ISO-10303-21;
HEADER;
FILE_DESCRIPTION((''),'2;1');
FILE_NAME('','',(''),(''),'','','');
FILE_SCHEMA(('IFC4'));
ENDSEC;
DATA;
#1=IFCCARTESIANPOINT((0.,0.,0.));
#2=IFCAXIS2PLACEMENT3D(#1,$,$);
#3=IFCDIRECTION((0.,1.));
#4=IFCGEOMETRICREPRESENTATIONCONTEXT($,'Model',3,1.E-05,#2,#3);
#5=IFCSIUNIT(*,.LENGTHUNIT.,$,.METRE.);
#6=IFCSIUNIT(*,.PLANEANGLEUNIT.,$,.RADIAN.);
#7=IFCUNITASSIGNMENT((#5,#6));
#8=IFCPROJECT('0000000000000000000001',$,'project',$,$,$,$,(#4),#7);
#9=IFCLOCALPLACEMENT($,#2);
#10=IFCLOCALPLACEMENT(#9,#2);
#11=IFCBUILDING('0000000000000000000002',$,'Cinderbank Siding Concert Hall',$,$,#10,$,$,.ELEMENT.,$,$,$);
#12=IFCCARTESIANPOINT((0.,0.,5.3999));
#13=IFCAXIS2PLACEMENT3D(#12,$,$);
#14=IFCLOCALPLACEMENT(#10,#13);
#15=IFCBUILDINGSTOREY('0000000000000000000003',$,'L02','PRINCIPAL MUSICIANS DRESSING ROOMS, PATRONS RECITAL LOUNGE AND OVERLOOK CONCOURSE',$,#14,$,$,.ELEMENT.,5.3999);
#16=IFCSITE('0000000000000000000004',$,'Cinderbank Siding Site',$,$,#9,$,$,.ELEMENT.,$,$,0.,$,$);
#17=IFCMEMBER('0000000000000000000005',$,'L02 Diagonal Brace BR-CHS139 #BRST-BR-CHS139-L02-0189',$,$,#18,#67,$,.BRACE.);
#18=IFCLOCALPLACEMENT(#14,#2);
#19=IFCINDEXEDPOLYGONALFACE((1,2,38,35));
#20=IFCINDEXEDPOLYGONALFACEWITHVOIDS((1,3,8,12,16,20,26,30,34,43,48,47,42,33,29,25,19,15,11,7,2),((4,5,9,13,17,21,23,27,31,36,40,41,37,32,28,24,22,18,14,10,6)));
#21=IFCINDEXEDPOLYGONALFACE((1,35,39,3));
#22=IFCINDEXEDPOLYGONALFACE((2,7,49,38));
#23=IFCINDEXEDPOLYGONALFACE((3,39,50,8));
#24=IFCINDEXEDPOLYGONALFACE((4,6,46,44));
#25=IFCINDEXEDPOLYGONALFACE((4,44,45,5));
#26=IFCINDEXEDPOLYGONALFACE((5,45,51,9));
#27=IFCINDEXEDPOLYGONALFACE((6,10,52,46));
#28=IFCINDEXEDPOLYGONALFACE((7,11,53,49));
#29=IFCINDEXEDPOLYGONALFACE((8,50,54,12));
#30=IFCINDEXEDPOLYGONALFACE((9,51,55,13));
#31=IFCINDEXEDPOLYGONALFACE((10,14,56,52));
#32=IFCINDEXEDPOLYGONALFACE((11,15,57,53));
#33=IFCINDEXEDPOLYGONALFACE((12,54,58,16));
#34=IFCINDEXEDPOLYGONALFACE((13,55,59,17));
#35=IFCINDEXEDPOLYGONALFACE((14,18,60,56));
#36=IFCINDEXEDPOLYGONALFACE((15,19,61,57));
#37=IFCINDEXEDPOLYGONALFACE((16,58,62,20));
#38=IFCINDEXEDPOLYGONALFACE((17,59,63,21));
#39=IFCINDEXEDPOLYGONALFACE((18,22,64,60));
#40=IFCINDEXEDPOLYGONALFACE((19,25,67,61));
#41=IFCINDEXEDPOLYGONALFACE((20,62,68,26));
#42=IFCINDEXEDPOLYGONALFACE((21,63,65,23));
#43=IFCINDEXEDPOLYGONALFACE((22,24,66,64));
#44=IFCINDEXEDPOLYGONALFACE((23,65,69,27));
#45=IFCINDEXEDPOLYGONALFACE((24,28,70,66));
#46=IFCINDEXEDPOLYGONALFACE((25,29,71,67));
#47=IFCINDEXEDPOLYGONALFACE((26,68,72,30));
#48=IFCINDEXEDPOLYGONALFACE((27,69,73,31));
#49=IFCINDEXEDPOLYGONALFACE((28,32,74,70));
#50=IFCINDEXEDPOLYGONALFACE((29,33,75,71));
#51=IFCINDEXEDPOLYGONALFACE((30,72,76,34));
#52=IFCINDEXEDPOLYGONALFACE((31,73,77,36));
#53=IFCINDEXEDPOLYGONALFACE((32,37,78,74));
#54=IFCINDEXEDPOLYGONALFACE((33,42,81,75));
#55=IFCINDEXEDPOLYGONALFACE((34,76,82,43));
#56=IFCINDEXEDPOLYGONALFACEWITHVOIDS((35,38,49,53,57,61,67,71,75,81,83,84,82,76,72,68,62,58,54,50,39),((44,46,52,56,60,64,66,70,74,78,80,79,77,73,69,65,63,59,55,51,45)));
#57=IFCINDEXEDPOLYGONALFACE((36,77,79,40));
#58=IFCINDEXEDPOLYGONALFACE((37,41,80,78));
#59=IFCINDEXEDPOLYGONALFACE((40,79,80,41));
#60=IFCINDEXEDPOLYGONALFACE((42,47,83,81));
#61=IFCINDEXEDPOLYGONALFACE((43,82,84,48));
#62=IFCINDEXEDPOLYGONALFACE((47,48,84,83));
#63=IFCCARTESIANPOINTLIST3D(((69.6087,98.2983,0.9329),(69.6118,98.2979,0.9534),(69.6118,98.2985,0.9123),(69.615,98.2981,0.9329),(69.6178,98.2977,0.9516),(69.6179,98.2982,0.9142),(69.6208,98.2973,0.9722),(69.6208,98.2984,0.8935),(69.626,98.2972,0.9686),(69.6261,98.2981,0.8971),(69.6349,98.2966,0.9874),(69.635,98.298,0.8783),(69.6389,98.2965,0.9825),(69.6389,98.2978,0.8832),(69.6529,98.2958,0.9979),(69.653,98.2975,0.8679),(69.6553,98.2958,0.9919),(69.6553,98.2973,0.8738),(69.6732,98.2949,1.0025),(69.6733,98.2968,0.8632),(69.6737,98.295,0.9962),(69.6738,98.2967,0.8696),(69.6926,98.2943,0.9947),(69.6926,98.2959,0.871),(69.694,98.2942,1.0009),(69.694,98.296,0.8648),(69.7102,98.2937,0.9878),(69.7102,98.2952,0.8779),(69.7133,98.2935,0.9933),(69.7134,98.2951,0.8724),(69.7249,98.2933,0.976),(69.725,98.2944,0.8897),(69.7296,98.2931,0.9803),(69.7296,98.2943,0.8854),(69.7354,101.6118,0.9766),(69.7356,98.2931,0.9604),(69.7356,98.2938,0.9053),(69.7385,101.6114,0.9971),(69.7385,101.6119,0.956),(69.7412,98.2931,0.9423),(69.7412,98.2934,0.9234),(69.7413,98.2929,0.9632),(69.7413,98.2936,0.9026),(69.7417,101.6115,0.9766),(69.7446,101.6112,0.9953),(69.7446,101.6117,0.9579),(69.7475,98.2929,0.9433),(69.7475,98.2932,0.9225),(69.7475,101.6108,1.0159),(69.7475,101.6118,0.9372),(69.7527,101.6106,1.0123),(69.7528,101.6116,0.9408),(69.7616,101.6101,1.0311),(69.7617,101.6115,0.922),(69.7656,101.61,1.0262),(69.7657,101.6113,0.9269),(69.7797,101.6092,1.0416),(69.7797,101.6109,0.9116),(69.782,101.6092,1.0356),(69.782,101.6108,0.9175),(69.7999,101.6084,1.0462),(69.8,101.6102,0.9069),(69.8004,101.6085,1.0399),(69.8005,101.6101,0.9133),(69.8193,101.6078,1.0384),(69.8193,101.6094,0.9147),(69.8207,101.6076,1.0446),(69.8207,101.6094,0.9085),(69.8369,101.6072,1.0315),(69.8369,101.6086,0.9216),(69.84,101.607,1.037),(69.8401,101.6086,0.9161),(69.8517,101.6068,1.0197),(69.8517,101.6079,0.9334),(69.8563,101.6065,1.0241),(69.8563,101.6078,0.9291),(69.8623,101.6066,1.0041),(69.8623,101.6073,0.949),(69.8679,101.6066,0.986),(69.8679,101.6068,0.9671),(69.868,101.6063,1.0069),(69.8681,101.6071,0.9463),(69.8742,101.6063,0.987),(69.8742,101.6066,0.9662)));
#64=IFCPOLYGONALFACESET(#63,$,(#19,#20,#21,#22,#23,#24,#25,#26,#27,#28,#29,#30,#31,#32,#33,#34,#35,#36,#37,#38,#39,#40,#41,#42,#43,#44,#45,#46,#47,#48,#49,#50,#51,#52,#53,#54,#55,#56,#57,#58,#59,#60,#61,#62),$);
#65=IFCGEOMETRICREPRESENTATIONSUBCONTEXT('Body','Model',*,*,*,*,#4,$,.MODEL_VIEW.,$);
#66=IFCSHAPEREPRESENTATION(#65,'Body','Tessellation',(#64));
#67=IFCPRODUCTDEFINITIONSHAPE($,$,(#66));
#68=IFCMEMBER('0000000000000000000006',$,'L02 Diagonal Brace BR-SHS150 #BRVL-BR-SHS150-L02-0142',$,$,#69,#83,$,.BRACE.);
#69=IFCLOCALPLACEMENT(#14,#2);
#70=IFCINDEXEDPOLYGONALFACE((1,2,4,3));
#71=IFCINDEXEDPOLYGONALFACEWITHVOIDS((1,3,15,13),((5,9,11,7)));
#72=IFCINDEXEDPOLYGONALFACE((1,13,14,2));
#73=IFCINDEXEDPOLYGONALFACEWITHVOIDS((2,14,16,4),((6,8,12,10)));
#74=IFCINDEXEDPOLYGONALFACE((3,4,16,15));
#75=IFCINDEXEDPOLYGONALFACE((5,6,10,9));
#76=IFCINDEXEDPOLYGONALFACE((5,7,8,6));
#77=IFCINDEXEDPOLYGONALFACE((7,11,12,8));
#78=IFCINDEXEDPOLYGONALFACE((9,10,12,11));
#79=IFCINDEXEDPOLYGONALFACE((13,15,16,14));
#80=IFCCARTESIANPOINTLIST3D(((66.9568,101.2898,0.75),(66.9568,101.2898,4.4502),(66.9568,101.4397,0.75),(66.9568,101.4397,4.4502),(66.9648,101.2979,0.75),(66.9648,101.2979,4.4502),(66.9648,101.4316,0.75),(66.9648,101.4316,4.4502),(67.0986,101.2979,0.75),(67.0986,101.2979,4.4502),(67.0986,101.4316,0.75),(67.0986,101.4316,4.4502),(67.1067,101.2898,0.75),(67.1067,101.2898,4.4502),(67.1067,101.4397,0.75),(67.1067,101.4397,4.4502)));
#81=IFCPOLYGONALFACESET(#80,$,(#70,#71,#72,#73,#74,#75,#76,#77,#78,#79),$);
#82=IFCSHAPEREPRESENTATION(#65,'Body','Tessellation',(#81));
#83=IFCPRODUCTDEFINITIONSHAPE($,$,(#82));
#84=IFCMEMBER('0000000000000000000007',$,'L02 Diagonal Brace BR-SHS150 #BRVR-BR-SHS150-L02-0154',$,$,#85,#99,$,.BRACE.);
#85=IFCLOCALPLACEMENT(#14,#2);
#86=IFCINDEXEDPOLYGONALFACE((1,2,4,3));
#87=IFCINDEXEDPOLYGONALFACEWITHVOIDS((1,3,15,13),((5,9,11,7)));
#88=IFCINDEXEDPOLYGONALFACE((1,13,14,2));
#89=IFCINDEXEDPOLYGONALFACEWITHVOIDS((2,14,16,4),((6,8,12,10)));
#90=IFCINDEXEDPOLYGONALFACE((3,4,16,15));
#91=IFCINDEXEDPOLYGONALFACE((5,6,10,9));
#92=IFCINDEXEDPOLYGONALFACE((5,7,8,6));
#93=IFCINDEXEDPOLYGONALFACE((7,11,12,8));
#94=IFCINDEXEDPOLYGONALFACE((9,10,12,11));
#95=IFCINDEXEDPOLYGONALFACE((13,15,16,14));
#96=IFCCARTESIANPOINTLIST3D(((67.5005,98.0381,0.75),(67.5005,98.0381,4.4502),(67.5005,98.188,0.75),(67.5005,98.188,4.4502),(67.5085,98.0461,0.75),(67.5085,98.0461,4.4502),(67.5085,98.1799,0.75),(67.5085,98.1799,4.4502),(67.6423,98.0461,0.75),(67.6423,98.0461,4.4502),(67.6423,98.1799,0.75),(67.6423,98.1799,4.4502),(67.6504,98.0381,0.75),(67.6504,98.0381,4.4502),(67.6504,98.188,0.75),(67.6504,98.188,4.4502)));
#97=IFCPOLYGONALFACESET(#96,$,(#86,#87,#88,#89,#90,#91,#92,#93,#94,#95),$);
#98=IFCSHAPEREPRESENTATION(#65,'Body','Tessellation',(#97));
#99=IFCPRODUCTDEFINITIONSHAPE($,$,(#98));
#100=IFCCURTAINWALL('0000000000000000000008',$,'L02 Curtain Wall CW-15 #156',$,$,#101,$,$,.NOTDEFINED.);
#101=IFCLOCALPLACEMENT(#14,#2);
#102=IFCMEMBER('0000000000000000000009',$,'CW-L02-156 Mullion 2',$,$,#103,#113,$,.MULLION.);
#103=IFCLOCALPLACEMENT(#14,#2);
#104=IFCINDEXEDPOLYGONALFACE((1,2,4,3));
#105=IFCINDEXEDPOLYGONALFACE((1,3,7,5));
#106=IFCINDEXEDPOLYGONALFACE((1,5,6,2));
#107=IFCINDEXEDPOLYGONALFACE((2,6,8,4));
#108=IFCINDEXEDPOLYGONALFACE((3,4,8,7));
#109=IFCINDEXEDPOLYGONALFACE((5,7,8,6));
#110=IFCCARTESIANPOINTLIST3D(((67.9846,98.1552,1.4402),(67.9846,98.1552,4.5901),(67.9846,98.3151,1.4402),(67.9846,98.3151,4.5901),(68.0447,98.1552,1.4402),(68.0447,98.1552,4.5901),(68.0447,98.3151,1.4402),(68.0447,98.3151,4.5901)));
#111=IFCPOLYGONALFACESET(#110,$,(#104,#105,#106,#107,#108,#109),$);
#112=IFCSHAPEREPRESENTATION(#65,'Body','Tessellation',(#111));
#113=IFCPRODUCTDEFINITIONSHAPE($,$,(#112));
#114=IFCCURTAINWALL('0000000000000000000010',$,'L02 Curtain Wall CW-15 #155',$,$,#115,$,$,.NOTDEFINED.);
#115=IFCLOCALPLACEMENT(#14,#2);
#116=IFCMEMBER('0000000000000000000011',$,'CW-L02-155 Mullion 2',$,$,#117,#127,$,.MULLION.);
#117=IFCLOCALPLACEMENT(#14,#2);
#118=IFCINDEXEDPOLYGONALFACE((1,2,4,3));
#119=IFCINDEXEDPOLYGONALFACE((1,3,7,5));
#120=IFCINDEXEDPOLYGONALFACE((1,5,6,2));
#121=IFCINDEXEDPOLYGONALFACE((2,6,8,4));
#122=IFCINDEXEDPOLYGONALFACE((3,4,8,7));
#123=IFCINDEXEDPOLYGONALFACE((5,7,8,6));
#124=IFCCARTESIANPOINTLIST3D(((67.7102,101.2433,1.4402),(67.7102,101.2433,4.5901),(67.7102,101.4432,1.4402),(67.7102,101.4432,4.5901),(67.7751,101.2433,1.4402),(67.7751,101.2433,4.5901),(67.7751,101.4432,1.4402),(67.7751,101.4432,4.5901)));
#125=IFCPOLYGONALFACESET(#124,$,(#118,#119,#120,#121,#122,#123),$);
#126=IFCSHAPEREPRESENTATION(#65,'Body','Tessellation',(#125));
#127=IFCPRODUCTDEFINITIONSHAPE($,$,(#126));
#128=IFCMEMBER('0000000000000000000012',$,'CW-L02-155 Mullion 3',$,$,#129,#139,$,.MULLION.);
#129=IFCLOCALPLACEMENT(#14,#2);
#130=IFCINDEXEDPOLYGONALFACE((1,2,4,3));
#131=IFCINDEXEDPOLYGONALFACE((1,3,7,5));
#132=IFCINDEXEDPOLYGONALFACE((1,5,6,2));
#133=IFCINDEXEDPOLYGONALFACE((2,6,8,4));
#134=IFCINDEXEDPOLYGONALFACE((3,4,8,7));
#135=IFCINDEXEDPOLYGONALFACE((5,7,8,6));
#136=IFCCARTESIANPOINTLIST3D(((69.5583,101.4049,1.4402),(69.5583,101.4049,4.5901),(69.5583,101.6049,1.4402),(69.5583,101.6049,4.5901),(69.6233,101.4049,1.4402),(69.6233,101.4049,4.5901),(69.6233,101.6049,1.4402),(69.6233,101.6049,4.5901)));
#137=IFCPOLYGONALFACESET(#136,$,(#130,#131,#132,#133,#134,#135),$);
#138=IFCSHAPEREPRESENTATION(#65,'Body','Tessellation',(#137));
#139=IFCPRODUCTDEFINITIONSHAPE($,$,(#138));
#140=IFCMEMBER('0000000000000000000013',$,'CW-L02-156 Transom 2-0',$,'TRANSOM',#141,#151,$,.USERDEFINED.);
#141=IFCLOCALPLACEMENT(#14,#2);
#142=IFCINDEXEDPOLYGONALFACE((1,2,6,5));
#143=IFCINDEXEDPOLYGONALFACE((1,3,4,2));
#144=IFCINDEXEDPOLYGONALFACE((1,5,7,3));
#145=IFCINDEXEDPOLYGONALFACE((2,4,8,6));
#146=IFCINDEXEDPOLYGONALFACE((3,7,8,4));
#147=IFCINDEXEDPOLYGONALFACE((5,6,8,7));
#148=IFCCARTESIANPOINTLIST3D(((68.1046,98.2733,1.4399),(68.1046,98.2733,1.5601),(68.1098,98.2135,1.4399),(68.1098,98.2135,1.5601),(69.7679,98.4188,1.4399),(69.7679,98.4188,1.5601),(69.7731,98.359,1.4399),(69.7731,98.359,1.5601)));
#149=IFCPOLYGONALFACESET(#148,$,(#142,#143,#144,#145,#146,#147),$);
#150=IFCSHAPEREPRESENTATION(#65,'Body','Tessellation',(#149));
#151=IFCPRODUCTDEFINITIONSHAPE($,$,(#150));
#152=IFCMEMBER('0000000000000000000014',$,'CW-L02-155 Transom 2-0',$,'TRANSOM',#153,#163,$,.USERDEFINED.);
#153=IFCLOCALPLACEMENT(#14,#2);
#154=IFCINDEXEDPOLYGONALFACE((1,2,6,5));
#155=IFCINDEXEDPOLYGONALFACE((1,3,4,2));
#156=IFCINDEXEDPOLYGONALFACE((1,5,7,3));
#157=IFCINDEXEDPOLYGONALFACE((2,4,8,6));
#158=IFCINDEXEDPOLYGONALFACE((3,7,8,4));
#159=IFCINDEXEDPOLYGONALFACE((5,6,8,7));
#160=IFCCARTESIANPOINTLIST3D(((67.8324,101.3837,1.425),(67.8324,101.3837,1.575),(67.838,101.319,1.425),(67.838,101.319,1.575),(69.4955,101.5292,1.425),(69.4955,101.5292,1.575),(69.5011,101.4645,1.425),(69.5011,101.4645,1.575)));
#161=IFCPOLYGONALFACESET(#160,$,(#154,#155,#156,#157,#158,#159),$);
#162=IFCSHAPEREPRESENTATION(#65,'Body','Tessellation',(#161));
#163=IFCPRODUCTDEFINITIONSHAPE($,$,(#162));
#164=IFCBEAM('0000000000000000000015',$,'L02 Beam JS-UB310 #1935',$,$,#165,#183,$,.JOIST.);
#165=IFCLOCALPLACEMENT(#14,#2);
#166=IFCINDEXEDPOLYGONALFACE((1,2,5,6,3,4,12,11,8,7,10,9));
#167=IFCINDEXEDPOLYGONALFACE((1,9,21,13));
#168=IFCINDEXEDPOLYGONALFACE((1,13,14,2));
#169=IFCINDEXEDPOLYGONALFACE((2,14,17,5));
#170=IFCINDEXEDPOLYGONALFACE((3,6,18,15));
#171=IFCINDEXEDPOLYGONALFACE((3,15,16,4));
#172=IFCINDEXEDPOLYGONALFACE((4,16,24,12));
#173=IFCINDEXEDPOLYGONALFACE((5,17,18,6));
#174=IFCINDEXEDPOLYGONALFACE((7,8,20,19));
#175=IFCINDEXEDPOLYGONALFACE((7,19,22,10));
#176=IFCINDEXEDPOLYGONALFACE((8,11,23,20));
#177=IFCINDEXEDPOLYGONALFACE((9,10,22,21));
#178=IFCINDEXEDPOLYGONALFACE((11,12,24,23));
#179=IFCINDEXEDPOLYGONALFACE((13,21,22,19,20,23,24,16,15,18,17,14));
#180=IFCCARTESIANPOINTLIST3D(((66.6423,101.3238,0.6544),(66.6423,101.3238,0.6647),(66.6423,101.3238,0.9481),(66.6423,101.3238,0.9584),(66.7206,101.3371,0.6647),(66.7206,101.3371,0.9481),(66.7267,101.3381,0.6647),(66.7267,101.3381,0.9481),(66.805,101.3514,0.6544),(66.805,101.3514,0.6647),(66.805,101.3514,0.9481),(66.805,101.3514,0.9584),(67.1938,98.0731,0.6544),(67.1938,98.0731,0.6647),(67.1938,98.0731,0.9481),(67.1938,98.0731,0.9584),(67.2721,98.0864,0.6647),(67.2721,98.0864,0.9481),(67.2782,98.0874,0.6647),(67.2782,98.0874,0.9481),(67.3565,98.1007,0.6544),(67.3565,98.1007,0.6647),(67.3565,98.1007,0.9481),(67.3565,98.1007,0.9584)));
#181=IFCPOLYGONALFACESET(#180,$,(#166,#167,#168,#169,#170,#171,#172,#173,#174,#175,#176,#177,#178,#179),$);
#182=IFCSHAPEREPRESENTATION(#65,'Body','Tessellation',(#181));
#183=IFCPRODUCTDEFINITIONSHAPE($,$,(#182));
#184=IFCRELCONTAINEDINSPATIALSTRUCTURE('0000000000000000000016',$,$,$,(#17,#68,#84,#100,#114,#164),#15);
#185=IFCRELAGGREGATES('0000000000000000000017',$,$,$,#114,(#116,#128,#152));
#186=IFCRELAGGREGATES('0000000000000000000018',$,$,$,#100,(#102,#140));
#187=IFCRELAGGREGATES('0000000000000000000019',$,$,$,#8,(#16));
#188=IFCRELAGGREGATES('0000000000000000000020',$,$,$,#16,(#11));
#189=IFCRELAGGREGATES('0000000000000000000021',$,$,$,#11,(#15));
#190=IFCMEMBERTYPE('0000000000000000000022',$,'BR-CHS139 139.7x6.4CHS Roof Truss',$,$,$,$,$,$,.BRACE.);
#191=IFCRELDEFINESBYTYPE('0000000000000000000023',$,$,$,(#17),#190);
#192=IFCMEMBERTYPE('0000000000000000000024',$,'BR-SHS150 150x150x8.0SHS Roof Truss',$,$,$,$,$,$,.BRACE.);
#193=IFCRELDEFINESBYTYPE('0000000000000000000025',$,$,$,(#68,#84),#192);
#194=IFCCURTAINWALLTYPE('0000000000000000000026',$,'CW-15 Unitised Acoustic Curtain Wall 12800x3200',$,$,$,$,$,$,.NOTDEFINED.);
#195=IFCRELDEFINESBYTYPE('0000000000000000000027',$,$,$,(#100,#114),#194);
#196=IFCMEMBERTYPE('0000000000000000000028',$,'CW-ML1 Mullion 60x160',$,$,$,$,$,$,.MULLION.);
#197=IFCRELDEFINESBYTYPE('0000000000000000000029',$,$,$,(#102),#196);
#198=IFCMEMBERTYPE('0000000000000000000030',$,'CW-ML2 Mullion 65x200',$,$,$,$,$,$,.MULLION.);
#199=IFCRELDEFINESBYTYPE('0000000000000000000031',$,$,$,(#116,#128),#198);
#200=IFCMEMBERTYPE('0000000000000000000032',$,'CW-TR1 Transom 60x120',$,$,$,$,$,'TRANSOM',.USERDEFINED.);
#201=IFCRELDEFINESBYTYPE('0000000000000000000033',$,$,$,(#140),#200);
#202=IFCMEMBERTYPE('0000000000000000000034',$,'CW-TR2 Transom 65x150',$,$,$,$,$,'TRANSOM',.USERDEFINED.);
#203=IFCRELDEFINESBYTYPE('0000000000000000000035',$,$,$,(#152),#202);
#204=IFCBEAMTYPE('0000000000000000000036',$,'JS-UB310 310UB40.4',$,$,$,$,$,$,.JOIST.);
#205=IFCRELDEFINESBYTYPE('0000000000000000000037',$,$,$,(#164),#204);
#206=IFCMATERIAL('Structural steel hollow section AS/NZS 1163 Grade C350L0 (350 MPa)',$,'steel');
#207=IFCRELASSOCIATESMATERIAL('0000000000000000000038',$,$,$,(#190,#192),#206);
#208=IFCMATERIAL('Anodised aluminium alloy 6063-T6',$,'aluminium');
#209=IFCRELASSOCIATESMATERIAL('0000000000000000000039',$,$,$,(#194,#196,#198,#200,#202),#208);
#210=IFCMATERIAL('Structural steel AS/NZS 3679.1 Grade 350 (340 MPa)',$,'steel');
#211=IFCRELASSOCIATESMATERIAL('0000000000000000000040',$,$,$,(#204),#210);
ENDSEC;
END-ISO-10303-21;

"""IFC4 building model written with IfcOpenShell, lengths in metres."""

from ifc_helpers import new_model, si_unit, direction, frame, origin, origin_2d, place, context, subcontext, project, spatial, rectangle, hollow_rectangle, hollow_circle, i_section, extrude, material, material_profile, profile_set, type_object, element, aggregate, save


model = new_model("IFC4")

# Units and contexts
model_context = context("Model", 3, precision=1e-05, world=origin(), true_north=direction((0.0, 1.0)))
body_context = subcontext(model_context, "Body", "Model", "MODEL_VIEW")
ifc_project = project(units=[si_unit("LENGTHUNIT", "METRE"), si_unit("PLANEANGLEUNIT", "RADIAN")], contexts=[model_context])

# Site, building, storey
site_placement = place(None, origin())
site = spatial("IfcSite", under=ifc_project, at=site_placement, Name="Cinderbank Siding Site", CompositionType="ELEMENT", RefElevation=0.0)
building_placement = place(site_placement, origin())
building = spatial("IfcBuilding", under=site, at=building_placement, Name="Cinderbank Siding Concert Hall", CompositionType="ELEMENT")
storey_placement = place(building_placement, frame((0.0, 0.0, 5.3999)))
storey = spatial("IfcBuildingStorey", under=building, at=storey_placement, Name="L02", Description="PRINCIPAL MUSICIANS DRESSING ROOMS, PATRONS RECITAL LOUNGE AND OVERLOOK CONCOURSE", CompositionType="ELEMENT", Elevation=5.3999)

# Members
ifc_material_1 = material(Name="Structural steel hollow section AS/NZS 1163 Grade C350L0 (350 MPa)", Category="steel")
ifc_material_profile_1 = material_profile(ifc_material_1, hollow_circle(Radius=0.0698, WallThickness=0.0063, at=origin_2d()), Name="139.7x6.4CHS", Category="LoadBearing")
ifc_profile_set_1 = profile_set([ifc_material_profile_1], Name="Structural steel hollow section AS/NZS 1163 Grade C350L0 (350 MPa)")
member_type_1 = type_object("IfcMemberType", Name="BR-CHS139 139.7x6.4CHS Roof Truss", PredefinedType="BRACE", material=ifc_profile_set_1)
member_1_placement = place(storey_placement, frame((69.6785, 98.2957, 0.9329), z_axis=(0.038209, 0.999183, 0.013178), x_axis=(-0.99927, 0.038213, 0.0)))
element("IfcMember", 1, at=member_1_placement, inside=storey, type_object=member_type_1, Name="L02 Diagonal Brace BR-CHS139 #BRST-BR-CHS139-L02-0189", PredefinedType="BRACE", context=body_context, shape_type="SweptSolid", body=[
    extrude(hollow_circle(Radius=0.0698, WallThickness=0.0063, at=origin_2d()), origin(), (0.0, 0.0, 1.0), 3.3162),
])
ifc_material_profile_2 = material_profile(ifc_material_1, hollow_rectangle(XDim=0.1499, YDim=0.1499, WallThickness=0.0081, at=origin_2d()), Name="150x150x8.0SHS", Category="LoadBearing")
ifc_profile_set_2 = profile_set([ifc_material_profile_2], Name="Structural steel hollow section AS/NZS 1163 Grade C350L0 (350 MPa)")
member_type_2 = type_object("IfcMemberType", Name="BR-SHS150 150x150x8.0SHS Roof Truss", PredefinedType="BRACE", material=ifc_profile_set_2)
for number, where, z_axis, x_axis, name in (
    (2, (67.0317, 101.3647, 0.75), (0.0, 0.0, 1.0), (1.0, 0.0, 0.0), "L02 Diagonal Brace BR-SHS150 #BRVL-BR-SHS150-L02-0142"),
    (3, (67.5754, 98.113, 0.75), (0.0, 0.0, 1.0), (1.0, 0.0, 0.0), "L02 Diagonal Brace BR-SHS150 #BRVR-BR-SHS150-L02-0154"),
):
    element("IfcMember", number, at=place(storey_placement, frame(where, z_axis=z_axis, x_axis=x_axis)), inside=storey, type_object=member_type_2, Name=name, PredefinedType="BRACE", context=body_context, shape_type="SweptSolid", body=[
        extrude(hollow_rectangle(XDim=0.1499, YDim=0.1499, WallThickness=0.0081, at=origin_2d()), origin(), (0.0, 0.0, 1.0), 3.7002),
    ])

# Curtain wall, member
ifc_material_2 = material(Name="Anodised aluminium alloy 6063-T6", Category="aluminium")
curtain_wall_type = type_object("IfcCurtainWallType", Name="CW-15 Unitised Acoustic Curtain Wall 12800x3200", PredefinedType="NOTDEFINED", material=ifc_material_2)
curtain_wall_1_placement = place(storey_placement, origin())
curtain_wall_1 = element("IfcCurtainWall", 4, at=curtain_wall_1_placement, inside=storey, type_object=curtain_wall_type, Name="L02 Curtain Wall CW-15 #156", PredefinedType="NOTDEFINED")
ifc_material_profile_3 = material_profile(ifc_material_2, rectangle(XDim=0.0601, YDim=0.1599, at=origin_2d()), Name="ALU-MULL-60x160", Category="LoadBearing")
ifc_profile_set_3 = profile_set([ifc_material_profile_3], Name="Anodised aluminium alloy 6063-T6")
member_type_3 = type_object("IfcMemberType", Name="CW-ML1 Mullion 60x160", PredefinedType="MULLION", material=ifc_profile_set_3)
member_2_placement = place(storey_placement, frame((68.0146, 98.2351, 1.4402), z_axis=(0.0, 0.0, 1.0), x_axis=(1.0, 0.0, 0.0)))
member_2 = element("IfcMember", 5, at=member_2_placement, type_object=member_type_3, Name="CW-L02-156 Mullion 2", PredefinedType="MULLION", context=body_context, shape_type="SweptSolid", body=[
    extrude(rectangle(XDim=0.0601, YDim=0.1599, at=origin_2d()), origin(), (0.0, 0.0, 1.0), 3.1499),
])

# Curtain wall, members
curtain_wall_2_placement = place(storey_placement, origin())
curtain_wall_2 = element("IfcCurtainWall", 6, at=curtain_wall_2_placement, inside=storey, type_object=curtain_wall_type, Name="L02 Curtain Wall CW-15 #155", PredefinedType="NOTDEFINED")
ifc_material_profile_4 = material_profile(ifc_material_2, rectangle(XDim=0.0649, YDim=0.2, at=origin_2d()), Name="ALU-MULL-65x200", Category="LoadBearing")
ifc_profile_set_4 = profile_set([ifc_material_profile_4], Name="Anodised aluminium alloy 6063-T6")
member_type_4 = type_object("IfcMemberType", Name="CW-ML2 Mullion 65x200", PredefinedType="MULLION", material=ifc_profile_set_4)
member_3_placement = place(storey_placement, frame((67.7427, 101.3433, 1.4402), z_axis=(0.0, 0.0, 1.0), x_axis=(1.0, 0.0, 0.0)))
member_3 = element("IfcMember", 7, at=member_3_placement, type_object=member_type_4, Name="CW-L02-155 Mullion 2", PredefinedType="MULLION", context=body_context, shape_type="SweptSolid", body=[
    extrude(rectangle(XDim=0.0649, YDim=0.2, at=origin_2d()), origin(), (0.0, 0.0, 1.0), 3.1499),
])
member_4_placement = place(storey_placement, frame((69.5908, 101.5049, 1.4402), z_axis=(0.0, 0.0, 1.0), x_axis=(1.0, 0.0, 0.0)))
member_4 = element("IfcMember", 8, at=member_4_placement, type_object=member_type_4, Name="CW-L02-155 Mullion 3", PredefinedType="MULLION", context=body_context, shape_type="SweptSolid", body=[
    extrude(rectangle(XDim=0.0649, YDim=0.2, at=origin_2d()), origin(), (0.0, 0.0, 1.0), 3.1499),
])

# Members
ifc_material_profile_5 = material_profile(ifc_material_2, rectangle(XDim=0.0601, YDim=0.1201, at=origin_2d()), Name="ALU-TRAN-60x120", Category="LoadBearing")
ifc_profile_set_5 = profile_set([ifc_material_profile_5], Name="Anodised aluminium alloy 6063-T6")
member_type_5 = type_object("IfcMemberType", Name="CW-TR1 Transom 60x120", ElementType="TRANSOM", PredefinedType="USERDEFINED", material=ifc_profile_set_5)
member_5_placement = place(storey_placement, frame((68.1072, 98.2434, 1.5), z_axis=(0.996195, 0.087147, 0.0), x_axis=(-0.087147, 0.996195, 0.0)))
member_5 = element("IfcMember", 9, at=member_5_placement, type_object=member_type_5, Name="CW-L02-156 Transom 2-0", ObjectType="TRANSOM", PredefinedType="USERDEFINED", context=body_context, shape_type="SweptSolid", body=[
    extrude(rectangle(XDim=0.0601, YDim=0.1201, at=origin_2d()), origin(), (0.0, 0.0, 1.0), 1.6697),
])
ifc_material_profile_6 = material_profile(ifc_material_2, rectangle(XDim=0.0649, YDim=0.1499, at=origin_2d()), Name="ALU-TRAN-65x150", Category="LoadBearing")
ifc_profile_set_6 = profile_set([ifc_material_profile_6], Name="Anodised aluminium alloy 6063-T6")
member_type_6 = type_object("IfcMemberType", Name="CW-TR2 Transom 65x150", ElementType="TRANSOM", PredefinedType="USERDEFINED", material=ifc_profile_set_6)
member_6_placement = place(storey_placement, frame((67.8352, 101.3513, 1.5), z_axis=(0.996194, 0.08716, 0.0), x_axis=(-0.08716, 0.996194, 0.0)))
member_6 = element("IfcMember", 10, at=member_6_placement, type_object=member_type_6, Name="CW-L02-155 Transom 2-0", ObjectType="TRANSOM", PredefinedType="USERDEFINED", context=body_context, shape_type="SweptSolid", body=[
    extrude(rectangle(XDim=0.0649, YDim=0.1499, at=origin_2d()), origin(), (0.0, 0.0, 1.0), 1.6694),
])

# Beam
ifc_material_3 = material(Name="Structural steel AS/NZS 3679.1 Grade 350 (340 MPa)", Category="steel")
ifc_material_profile_7 = material_profile(ifc_material_3, i_section(OverallWidth=0.165, OverallDepth=0.304, WebThickness=0.0061, FlangeThickness=0.0103, at=origin_2d()), Name="310UB40.4", Category="LoadBearing")
ifc_profile_set_7 = profile_set([ifc_material_profile_7], Name="Structural steel AS/NZS 3679.1 Grade 350 (340 MPa)")
beam_type = type_object("IfcBeamType", Name="JS-UB310 310UB40.4", PredefinedType="JOIST", material=ifc_profile_set_7)
beam_1_placement = place(storey_placement, frame((67.2751, 98.0869, 0.8064), z_axis=(-0.167268, 0.985911, 0.0), x_axis=(-0.985911, -0.167268, 0.0)))
element("IfcBeam", 11, at=beam_1_placement, inside=storey, type_object=beam_type, Name="L02 Beam JS-UB310 #1935", PredefinedType="JOIST", context=body_context, shape_type="SweptSolid", body=[
    extrude(i_section(OverallWidth=0.165, OverallDepth=0.304, WebThickness=0.0061, FlangeThickness=0.0103, at=origin_2d()), origin(), (0.0, 0.0, 1.0), 3.2971),
])

aggregate(curtain_wall_2, [member_3, member_4, member_6])
aggregate(curtain_wall_1, [member_2, member_5])

save(model, "model.ifc")
